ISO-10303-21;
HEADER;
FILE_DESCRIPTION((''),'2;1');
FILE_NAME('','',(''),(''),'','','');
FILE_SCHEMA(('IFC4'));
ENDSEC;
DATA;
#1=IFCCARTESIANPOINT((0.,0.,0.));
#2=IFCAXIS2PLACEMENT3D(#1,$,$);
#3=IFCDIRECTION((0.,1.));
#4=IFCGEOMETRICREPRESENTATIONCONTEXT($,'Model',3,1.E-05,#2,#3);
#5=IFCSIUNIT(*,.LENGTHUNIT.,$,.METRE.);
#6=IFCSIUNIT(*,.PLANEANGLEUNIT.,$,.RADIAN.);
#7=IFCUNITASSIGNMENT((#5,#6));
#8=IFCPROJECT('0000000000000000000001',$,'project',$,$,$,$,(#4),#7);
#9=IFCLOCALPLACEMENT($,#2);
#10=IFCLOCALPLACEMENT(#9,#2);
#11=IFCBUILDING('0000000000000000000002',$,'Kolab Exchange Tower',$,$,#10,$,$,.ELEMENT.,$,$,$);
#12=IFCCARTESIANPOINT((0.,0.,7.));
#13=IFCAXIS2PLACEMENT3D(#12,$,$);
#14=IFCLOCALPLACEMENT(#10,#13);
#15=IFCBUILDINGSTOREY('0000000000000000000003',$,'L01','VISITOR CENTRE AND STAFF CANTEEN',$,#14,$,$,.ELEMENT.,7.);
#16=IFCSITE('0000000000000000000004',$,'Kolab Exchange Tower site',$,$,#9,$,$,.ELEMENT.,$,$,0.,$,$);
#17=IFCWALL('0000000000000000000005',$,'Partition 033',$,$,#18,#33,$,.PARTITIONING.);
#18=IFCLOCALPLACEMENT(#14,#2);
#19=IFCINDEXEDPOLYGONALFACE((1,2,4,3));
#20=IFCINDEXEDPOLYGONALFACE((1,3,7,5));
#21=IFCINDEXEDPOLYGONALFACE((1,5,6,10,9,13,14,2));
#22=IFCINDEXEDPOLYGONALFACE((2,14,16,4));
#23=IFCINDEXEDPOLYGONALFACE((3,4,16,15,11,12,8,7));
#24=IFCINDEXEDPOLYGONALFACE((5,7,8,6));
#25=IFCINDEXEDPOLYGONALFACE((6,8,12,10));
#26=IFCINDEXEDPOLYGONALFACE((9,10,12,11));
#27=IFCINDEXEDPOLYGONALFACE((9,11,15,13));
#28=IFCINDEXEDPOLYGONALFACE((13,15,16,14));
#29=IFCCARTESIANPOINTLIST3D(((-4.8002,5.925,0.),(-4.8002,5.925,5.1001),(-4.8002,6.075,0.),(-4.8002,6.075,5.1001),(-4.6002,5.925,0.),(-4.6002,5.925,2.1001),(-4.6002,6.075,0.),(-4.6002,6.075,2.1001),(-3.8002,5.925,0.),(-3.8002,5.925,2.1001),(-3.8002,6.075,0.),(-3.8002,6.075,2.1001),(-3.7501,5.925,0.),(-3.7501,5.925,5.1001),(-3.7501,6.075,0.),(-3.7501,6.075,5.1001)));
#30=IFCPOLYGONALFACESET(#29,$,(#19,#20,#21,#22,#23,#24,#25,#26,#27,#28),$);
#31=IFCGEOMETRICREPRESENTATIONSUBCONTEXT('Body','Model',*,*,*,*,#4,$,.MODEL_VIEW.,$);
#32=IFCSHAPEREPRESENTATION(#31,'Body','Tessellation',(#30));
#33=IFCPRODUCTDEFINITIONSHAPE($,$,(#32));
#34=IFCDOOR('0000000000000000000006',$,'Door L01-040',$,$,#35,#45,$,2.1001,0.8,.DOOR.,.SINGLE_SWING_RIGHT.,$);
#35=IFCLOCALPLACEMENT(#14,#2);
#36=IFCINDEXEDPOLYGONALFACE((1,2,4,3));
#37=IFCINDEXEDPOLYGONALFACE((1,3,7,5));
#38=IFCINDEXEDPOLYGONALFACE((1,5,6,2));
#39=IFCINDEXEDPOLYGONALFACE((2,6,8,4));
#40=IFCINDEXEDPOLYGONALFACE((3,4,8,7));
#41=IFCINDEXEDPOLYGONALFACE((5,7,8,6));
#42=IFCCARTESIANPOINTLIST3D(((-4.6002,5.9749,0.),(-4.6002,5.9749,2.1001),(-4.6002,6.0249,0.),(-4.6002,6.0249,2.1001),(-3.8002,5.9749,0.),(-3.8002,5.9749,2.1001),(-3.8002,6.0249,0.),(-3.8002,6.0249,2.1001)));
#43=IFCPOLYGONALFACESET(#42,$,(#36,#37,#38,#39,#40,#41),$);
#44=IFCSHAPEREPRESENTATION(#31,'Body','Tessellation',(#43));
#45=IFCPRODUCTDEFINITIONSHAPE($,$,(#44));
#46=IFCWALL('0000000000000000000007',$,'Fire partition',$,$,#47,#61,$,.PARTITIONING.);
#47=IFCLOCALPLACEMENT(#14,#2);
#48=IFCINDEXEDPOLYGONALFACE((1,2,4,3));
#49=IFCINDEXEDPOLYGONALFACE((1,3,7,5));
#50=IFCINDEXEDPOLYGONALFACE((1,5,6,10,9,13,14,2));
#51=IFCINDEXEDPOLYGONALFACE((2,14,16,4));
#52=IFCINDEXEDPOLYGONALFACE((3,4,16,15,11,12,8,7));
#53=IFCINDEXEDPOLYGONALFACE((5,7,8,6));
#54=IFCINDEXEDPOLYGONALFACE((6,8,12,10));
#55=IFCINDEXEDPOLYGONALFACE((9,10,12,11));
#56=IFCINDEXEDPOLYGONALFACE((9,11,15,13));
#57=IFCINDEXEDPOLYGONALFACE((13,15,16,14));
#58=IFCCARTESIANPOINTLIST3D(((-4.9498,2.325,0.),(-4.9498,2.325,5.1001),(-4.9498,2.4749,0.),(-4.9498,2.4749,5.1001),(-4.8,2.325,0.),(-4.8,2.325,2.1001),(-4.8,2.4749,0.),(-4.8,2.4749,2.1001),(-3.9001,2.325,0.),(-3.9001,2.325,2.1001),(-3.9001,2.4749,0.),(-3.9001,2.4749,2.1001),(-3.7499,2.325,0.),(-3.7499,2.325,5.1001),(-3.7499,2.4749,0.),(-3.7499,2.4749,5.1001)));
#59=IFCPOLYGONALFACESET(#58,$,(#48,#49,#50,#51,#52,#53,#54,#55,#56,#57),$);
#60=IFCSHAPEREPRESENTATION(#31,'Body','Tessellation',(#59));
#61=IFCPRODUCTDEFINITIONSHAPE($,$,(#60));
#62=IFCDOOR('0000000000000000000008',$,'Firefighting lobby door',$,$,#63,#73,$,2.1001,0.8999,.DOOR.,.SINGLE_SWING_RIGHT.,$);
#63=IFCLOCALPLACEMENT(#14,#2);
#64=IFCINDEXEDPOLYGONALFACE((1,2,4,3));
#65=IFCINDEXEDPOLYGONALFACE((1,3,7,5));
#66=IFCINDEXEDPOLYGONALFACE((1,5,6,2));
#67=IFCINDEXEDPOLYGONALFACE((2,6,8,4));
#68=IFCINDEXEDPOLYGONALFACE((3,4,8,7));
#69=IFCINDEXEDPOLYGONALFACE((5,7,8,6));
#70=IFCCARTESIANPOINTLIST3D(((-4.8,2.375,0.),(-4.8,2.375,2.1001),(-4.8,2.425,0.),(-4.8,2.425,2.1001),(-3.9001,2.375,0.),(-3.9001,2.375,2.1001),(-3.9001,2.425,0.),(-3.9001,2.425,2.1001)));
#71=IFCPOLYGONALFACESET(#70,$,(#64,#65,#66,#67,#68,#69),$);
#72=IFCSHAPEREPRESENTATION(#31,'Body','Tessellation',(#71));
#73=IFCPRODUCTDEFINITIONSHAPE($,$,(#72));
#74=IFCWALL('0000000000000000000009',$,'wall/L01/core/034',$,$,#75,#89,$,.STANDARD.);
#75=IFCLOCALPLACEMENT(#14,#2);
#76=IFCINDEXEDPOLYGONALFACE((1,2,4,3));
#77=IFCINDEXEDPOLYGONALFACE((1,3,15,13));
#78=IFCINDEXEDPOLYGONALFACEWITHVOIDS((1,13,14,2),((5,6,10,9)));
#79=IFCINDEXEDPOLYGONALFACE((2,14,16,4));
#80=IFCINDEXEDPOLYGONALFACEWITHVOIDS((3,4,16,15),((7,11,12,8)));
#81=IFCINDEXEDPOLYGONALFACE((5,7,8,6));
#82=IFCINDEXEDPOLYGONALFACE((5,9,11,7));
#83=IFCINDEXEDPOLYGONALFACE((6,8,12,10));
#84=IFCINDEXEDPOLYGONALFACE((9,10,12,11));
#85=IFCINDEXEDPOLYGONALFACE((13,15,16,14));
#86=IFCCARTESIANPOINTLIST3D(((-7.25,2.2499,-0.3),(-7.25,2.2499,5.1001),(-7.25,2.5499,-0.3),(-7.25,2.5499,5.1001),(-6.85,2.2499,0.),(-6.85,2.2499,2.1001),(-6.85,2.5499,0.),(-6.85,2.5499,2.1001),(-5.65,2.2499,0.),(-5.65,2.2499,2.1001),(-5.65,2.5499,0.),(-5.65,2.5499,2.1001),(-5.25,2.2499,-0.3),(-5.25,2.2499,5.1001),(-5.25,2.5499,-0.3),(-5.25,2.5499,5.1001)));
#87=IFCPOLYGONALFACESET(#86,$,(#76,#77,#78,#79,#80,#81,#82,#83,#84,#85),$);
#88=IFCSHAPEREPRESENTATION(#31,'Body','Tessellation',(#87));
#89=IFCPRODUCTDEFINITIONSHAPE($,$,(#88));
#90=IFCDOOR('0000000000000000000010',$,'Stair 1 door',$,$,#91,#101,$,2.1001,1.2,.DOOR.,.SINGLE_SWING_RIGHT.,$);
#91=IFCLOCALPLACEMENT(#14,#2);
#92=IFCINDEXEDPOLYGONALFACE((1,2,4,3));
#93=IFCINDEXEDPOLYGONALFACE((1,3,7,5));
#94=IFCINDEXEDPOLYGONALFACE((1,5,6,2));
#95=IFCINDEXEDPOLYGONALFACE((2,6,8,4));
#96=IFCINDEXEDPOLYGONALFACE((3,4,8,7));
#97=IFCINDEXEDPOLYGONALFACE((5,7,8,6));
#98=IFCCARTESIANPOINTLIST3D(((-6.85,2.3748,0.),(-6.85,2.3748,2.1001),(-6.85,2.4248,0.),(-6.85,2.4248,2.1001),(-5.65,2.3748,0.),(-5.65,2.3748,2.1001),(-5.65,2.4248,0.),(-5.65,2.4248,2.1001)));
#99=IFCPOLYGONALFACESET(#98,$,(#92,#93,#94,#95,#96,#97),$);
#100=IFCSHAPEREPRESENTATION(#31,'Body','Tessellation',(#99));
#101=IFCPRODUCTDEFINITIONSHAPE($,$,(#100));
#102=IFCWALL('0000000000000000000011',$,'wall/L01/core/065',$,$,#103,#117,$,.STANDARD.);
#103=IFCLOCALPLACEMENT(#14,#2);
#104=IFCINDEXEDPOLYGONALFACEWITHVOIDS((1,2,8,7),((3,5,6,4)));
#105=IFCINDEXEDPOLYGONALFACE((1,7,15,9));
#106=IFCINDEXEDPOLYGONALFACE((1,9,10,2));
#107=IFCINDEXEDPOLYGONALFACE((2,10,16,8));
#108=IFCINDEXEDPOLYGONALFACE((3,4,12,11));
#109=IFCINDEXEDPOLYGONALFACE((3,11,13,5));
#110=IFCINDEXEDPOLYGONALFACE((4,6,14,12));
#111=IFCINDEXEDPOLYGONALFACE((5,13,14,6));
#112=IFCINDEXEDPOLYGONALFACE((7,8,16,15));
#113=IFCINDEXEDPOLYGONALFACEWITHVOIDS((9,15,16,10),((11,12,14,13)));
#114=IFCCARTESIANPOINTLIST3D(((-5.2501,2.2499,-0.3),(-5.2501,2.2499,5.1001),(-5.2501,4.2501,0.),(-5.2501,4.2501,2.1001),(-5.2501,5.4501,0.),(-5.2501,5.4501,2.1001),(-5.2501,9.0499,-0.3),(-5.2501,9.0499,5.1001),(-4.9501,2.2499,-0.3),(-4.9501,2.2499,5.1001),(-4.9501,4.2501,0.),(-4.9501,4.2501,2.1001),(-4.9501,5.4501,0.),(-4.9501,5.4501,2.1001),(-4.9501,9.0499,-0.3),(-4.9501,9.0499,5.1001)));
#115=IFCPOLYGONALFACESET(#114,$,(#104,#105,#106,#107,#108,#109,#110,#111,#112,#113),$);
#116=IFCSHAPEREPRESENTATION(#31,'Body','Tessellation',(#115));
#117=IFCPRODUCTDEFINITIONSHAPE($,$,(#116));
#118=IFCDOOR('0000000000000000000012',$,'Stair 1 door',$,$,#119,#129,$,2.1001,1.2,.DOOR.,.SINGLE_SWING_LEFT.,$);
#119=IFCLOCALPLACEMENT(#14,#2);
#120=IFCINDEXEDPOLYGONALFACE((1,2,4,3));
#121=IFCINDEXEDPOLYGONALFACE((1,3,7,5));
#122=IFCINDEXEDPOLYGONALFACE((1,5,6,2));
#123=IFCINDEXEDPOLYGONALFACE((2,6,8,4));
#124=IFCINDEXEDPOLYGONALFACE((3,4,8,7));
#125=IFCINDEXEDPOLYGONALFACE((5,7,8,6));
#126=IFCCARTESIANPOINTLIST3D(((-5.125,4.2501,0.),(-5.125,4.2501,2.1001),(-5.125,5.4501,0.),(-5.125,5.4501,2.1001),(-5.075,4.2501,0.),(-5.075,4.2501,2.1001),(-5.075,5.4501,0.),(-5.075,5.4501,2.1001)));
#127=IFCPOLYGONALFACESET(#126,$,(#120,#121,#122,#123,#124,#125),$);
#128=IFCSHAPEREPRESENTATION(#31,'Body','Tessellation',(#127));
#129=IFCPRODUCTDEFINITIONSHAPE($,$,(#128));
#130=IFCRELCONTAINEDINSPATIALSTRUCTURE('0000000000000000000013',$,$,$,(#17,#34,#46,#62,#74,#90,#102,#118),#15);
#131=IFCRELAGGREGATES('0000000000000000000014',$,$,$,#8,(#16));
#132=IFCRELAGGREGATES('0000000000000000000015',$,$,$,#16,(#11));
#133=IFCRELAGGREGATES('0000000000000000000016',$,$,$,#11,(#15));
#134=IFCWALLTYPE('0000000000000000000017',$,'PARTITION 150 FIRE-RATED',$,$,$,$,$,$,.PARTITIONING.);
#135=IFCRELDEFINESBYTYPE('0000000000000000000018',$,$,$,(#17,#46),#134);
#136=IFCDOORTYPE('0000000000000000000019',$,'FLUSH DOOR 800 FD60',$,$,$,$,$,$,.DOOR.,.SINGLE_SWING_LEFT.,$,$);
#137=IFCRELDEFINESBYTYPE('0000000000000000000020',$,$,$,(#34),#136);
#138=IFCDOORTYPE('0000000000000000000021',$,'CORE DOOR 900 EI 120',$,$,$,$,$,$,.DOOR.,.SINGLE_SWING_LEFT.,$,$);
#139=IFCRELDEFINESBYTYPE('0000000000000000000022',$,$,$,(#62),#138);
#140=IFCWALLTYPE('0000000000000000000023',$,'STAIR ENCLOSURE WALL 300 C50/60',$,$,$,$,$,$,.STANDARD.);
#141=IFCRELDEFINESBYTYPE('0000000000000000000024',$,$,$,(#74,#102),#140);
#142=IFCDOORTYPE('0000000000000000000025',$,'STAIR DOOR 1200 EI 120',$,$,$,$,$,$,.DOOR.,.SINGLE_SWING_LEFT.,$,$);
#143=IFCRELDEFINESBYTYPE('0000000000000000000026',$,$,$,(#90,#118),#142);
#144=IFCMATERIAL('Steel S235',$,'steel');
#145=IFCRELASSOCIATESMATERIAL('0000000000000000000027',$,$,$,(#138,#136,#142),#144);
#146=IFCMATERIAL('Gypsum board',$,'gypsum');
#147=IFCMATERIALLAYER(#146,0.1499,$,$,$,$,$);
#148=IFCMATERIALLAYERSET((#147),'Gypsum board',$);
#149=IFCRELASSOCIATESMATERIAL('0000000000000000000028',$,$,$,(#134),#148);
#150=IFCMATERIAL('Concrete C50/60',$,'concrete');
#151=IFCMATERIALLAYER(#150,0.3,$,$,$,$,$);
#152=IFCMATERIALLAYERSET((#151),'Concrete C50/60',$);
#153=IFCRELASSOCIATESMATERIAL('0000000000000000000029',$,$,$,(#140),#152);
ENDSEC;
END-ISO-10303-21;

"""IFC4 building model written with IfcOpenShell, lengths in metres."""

from ifc_helpers import new_model, si_unit, direction, frame, frame_2d, origin, place, context, subcontext, project, spatial, rectangle, extrude, material, layer, layer_set, type_object, element, fill, save


model = new_model("IFC4")

# Units and contexts
model_context = context("Model", 3, precision=1e-05, world=origin(), true_north=direction((0.0, 1.0)))
body_context = subcontext(model_context, "Body", "Model", "MODEL_VIEW")
ifc_project = project(units=[si_unit("LENGTHUNIT", "METRE"), si_unit("PLANEANGLEUNIT", "RADIAN")], contexts=[model_context])

# Site, building, storey
site_placement = place(None, origin())
site = spatial("IfcSite", under=ifc_project, at=site_placement, Name="Kolab Exchange Tower site", CompositionType="ELEMENT", RefElevation=0.0)
building_placement = place(site_placement, origin())
building = spatial("IfcBuilding", under=site, at=building_placement, Name="Kolab Exchange Tower", CompositionType="ELEMENT")
storey_placement = place(building_placement, frame((0.0, 0.0, 7.0)))
storey = spatial("IfcBuildingStorey", under=building, at=storey_placement, Name="L01", Description="VISITOR CENTRE AND STAFF CANTEEN", CompositionType="ELEMENT", Elevation=7.0)

# Shared definitions
ifc_material_1 = material(Name="Steel S235", Category="steel")
ifc_material_2 = material(Name="Concrete C50/60", Category="concrete")
door_type_1 = type_object("IfcDoorType", Name="CORE DOOR 900 EI 120", OperationType="SINGLE_SWING_LEFT", PredefinedType="DOOR", material=ifc_material_1)

# Shared definitions
ifc_material_3 = material(Name="Gypsum board", Category="gypsum")
ifc_layer_1 = layer(ifc_material_3, 0.1499)
ifc_layer_set_1 = layer_set([ifc_layer_1], Name="Gypsum board")
wall_type_1 = type_object("IfcWallType", Name="PARTITION 150 FIRE-RATED", PredefinedType="PARTITIONING", material=ifc_layer_set_1)

# Walls, openings, doors
wall_1_placement = place(storey_placement, frame((-4.8, 6.0, 0.0), z_axis=(0.0, 0.0, 1.0), x_axis=(1.0, 0.0, 0.0)))
wall_1 = element("IfcWall", 1, at=wall_1_placement, inside=storey, type_object=wall_type_1, Name="Partition 033", PredefinedType="PARTITIONING", context=body_context, shape_type="SweptSolid", body=[
    extrude(rectangle(XDim=1.05, YDim=0.1499, at=frame_2d((0.5249, 0.0))), origin(), (0.0, 0.0, 1.0), 5.1001),
])
opening_1_placement = place(wall_1_placement, frame((0.2, 0.0, 0.0)))
opening_1 = element("IfcOpeningElement", 2, at=opening_1_placement, cuts=wall_1, PredefinedType="OPENING", context=body_context, shape_type="SweptSolid", body=[
    extrude(rectangle(XDim=0.8, YDim=2.1001, at=frame_2d((0.3999, 1.05))), frame((0.0, 0.085, 0.0), z_axis=(0.0, -1.0, 0.0), x_axis=(1.0, 0.0, 0.0)), (0.0, 0.0, 1.0), 0.1699),
])
door_type_2 = type_object("IfcDoorType", Name="FLUSH DOOR 800 FD60", OperationType="SINGLE_SWING_LEFT", PredefinedType="DOOR", material=ifc_material_1)
door_1_placement = place(opening_1_placement, origin())
door_1 = element("IfcDoor", 3, at=door_1_placement, inside=storey, type_object=door_type_2, Name="Door L01-040", OperationType="SINGLE_SWING_RIGHT", OverallHeight=2.1001, OverallWidth=0.8, PredefinedType="DOOR", context=body_context, shape_type="SweptSolid", body=[
    extrude(rectangle(XDim=0.8, YDim=2.1001, at=frame_2d((0.3999, 1.05))), frame((0.0, 0.0249, 0.0), z_axis=(0.0, -1.0, 0.0), x_axis=(1.0, 0.0, 0.0)), (0.0, 0.0, 1.0), 0.05),
])
fill(opening_1, door_1)
wall_2_placement = place(storey_placement, frame((-4.95, 2.3999, 0.0), z_axis=(0.0, 0.0, 1.0), x_axis=(1.0, 0.0, 0.0)))
wall_2 = element("IfcWall", 4, at=wall_2_placement, inside=storey, type_object=wall_type_1, Name="Fire partition", PredefinedType="PARTITIONING", context=body_context, shape_type="SweptSolid", body=[
    extrude(rectangle(XDim=1.2, YDim=0.1499, at=frame_2d((0.6001, 0.0))), origin(), (0.0, 0.0, 1.0), 5.1001),
])
opening_2_placement = place(wall_2_placement, frame((0.1499, 0.0, 0.0)))
opening_2 = element("IfcOpeningElement", 5, at=opening_2_placement, cuts=wall_2, PredefinedType="OPENING", context=body_context, shape_type="SweptSolid", body=[
    extrude(rectangle(XDim=0.8999, YDim=2.1001, at=frame_2d((0.45, 1.05))), frame((0.0, 0.085, 0.0), z_axis=(0.0, -1.0, 0.0), x_axis=(1.0, 0.0, 0.0)), (0.0, 0.0, 1.0), 0.1699),
])
door_2_placement = place(opening_2_placement, frame((0.8999, 0.0, 0.0), z_axis=(0.0, 0.0, 1.0), x_axis=(-1.0, 0.0, 0.0)))
door_2 = element("IfcDoor", 6, at=door_2_placement, inside=storey, type_object=door_type_1, Name="Firefighting lobby door", OperationType="SINGLE_SWING_RIGHT", OverallHeight=2.1001, OverallWidth=0.8999, PredefinedType="DOOR", context=body_context, shape_type="SweptSolid", body=[
    extrude(rectangle(XDim=0.8999, YDim=2.1001, at=frame_2d((0.45, 1.05))), frame((0.0, 0.0249, 0.0), z_axis=(0.0, -1.0, 0.0), x_axis=(1.0, 0.0, 0.0)), (0.0, 0.0, 1.0), 0.05),
])
fill(opening_2, door_2)
ifc_layer_2 = layer(ifc_material_2, 0.3)
ifc_layer_set_2 = layer_set([ifc_layer_2], Name="Concrete C50/60")
wall_type_2 = type_object("IfcWallType", Name="STAIR ENCLOSURE WALL 300 C50/60", PredefinedType="STANDARD", material=ifc_layer_set_2)
wall_3_placement = place(storey_placement, frame((-7.25, 2.3999, -0.3), z_axis=(0.0, 0.0, 1.0), x_axis=(1.0, 0.0, 0.0)))
wall_3 = element("IfcWall", 7, at=wall_3_placement, inside=storey, type_object=wall_type_2, Name="wall/L01/core/034", PredefinedType="STANDARD", context=body_context, shape_type="SweptSolid", body=[
    extrude(rectangle(XDim=2.0, YDim=0.3, at=frame_2d((1.0, 0.0))), origin(), (0.0, 0.0, 1.0), 5.4001),
])
opening_3_placement = place(wall_3_placement, frame((0.3999, 0.0, 0.3)))
opening_3 = element("IfcOpeningElement", 8, at=opening_3_placement, cuts=wall_3, PredefinedType="OPENING", context=body_context, shape_type="SweptSolid", body=[
    extrude(rectangle(XDim=1.2, YDim=2.1001, at=frame_2d((0.6001, 1.05))), frame((0.0, 0.1602, 0.0), z_axis=(0.0, -1.0, 0.0), x_axis=(1.0, 0.0, 0.0)), (0.0, 0.0, 1.0), 0.3201),
])
door_type_3 = type_object("IfcDoorType", Name="STAIR DOOR 1200 EI 120", OperationType="SINGLE_SWING_LEFT", PredefinedType="DOOR", material=ifc_material_1)
door_3_placement = place(opening_3_placement, origin())
door_3 = element("IfcDoor", 9, at=door_3_placement, inside=storey, type_object=door_type_3, Name="Stair 1 door", OperationType="SINGLE_SWING_RIGHT", OverallHeight=2.1001, OverallWidth=1.2, PredefinedType="DOOR", context=body_context, shape_type="SweptSolid", body=[
    extrude(rectangle(XDim=1.2, YDim=2.1001, at=frame_2d((0.6001, 1.05))), frame((0.0, 0.0249, 0.0), z_axis=(0.0, -1.0, 0.0), x_axis=(1.0, 0.0, 0.0)), (0.0, 0.0, 1.0), 0.05),
])
fill(opening_3, door_3)
wall_4_placement = place(storey_placement, frame((-5.1001, 2.25, -0.3), z_axis=(0.0, 0.0, 1.0), x_axis=(0.0, 1.0, 0.0)))
wall_4 = element("IfcWall", 10, at=wall_4_placement, inside=storey, type_object=wall_type_2, Name="wall/L01/core/065", PredefinedType="STANDARD", context=body_context, shape_type="SweptSolid", body=[
    extrude(rectangle(XDim=6.8, YDim=0.3, at=frame_2d((3.3999, 0.0))), origin(), (0.0, 0.0, 1.0), 5.4001),
])
opening_4_placement = place(wall_4_placement, frame((2.0, 0.0, 0.3)))
opening_4 = element("IfcOpeningElement", 11, at=opening_4_placement, cuts=wall_4, PredefinedType="OPENING", context=body_context, shape_type="SweptSolid", body=[
    extrude(rectangle(XDim=1.2, YDim=2.1001, at=frame_2d((0.6001, 1.05))), frame((0.0, 0.1602, 0.0), z_axis=(0.0, -1.0, 0.0), x_axis=(1.0, 0.0, 0.0)), (0.0, 0.0, 1.0), 0.3201),
])
door_4_placement = place(opening_4_placement, origin())
door_4 = element("IfcDoor", 12, at=door_4_placement, inside=storey, type_object=door_type_3, Name="Stair 1 door", OperationType="SINGLE_SWING_LEFT", OverallHeight=2.1001, OverallWidth=1.2, PredefinedType="DOOR", context=body_context, shape_type="SweptSolid", body=[
    extrude(rectangle(XDim=1.2, YDim=2.1001, at=frame_2d((0.6001, 1.05))), frame((0.0, 0.0249, 0.0), z_axis=(0.0, -1.0, 0.0), x_axis=(1.0, 0.0, 0.0)), (0.0, 0.0, 1.0), 0.05),
])
fill(opening_4, door_4)

save(model, "model.ifc")
